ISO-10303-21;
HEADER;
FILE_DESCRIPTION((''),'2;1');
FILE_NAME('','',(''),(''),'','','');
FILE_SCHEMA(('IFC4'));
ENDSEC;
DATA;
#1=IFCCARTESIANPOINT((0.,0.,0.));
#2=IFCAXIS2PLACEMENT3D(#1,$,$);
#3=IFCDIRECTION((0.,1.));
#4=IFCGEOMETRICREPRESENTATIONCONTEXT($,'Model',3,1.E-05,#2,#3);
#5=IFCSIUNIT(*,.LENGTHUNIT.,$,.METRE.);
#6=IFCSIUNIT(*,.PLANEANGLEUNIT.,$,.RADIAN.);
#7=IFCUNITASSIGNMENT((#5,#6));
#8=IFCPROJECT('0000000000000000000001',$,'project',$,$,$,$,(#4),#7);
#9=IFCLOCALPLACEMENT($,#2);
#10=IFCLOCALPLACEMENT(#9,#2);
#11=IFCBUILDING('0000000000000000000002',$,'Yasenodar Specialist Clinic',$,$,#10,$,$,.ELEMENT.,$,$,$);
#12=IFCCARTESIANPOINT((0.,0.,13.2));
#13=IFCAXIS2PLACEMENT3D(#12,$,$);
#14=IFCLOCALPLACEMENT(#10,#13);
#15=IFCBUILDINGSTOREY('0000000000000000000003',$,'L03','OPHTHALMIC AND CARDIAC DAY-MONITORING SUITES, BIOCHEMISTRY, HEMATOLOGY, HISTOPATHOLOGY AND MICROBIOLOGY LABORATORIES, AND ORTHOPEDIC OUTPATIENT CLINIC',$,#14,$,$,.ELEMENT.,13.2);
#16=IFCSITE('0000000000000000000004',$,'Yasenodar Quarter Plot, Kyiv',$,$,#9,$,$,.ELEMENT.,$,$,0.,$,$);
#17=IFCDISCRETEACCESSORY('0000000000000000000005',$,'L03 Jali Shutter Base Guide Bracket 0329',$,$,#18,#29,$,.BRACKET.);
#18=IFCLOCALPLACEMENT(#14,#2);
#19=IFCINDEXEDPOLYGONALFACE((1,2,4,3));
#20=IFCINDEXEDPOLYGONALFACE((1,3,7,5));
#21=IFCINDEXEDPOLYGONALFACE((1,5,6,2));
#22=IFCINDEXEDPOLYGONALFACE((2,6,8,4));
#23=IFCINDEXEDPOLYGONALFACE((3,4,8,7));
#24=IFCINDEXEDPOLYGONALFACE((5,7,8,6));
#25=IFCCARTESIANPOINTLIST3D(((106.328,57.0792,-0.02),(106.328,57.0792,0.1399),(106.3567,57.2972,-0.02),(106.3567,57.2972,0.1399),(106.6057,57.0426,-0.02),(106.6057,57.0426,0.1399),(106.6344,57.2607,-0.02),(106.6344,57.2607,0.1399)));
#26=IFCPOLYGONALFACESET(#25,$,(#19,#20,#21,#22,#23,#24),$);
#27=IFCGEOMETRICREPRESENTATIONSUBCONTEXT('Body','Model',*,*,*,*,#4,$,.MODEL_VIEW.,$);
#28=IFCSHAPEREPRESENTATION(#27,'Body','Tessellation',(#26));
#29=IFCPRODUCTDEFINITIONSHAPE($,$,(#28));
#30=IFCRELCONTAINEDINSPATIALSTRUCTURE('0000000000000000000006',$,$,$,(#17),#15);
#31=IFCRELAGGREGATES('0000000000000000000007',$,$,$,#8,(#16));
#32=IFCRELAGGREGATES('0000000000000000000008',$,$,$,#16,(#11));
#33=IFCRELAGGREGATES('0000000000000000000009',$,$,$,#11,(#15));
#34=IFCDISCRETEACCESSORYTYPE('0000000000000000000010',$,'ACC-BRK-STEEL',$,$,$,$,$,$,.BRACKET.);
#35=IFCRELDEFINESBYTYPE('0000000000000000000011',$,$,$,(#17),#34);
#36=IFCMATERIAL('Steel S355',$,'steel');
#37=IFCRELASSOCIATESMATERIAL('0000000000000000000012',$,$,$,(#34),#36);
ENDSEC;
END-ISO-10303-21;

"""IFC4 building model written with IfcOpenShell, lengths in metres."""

from ifc_helpers import new_model, si_unit, direction, frame, origin, origin_2d, place, context, subcontext, project, spatial, rectangle, extrude, material, type_object, element, save


model = new_model("IFC4")

# Units and contexts
model_context = context("Model", 3, precision=1e-05, world=origin(), true_north=direction((0.0, 1.0)))
body_context = subcontext(model_context, "Body", "Model", "MODEL_VIEW")
ifc_project = project(units=[si_unit("LENGTHUNIT", "METRE"), si_unit("PLANEANGLEUNIT", "RADIAN")], contexts=[model_context])

# Site, building, storey
site_placement = place(None, origin())
site = spatial("IfcSite", under=ifc_project, at=site_placement, Name="Yasenodar Quarter Plot, Kyiv", CompositionType="ELEMENT", RefElevation=0.0)
building_placement = place(site_placement, origin())
building = spatial("IfcBuilding", under=site, at=building_placement, Name="Yasenodar Specialist Clinic", CompositionType="ELEMENT")
storey_placement = place(building_placement, frame((0.0, 0.0, 13.2)))
storey = spatial("IfcBuildingStorey", under=building, at=storey_placement, Name="L03", Description="OPHTHALMIC AND CARDIAC DAY-MONITORING SUITES, BIOCHEMISTRY, HEMATOLOGY, HISTOPATHOLOGY AND MICROBIOLOGY LABORATORIES, AND ORTHOPEDIC OUTPATIENT CLINIC", CompositionType="ELEMENT", Elevation=13.2)

# Discrete accessory
ifc_material_1 = material(Name="Steel S355", Category="steel")
discrete_accessory_type = type_object("IfcDiscreteAccessoryType", Name="ACC-BRK-STEEL", PredefinedType="BRACKET", material=ifc_material_1)
for number, where, z_axis, x_axis, name in (
    (1, (106.4812, 57.1699, -0.02), (0.0, 0.0, 1.0), (0.130519, 0.991446, 0.0), "L03 Jali Shutter Base Guide Bracket 0329"),
):
    element("IfcDiscreteAccessory", number, at=place(storey_placement, frame(where, z_axis=z_axis, x_axis=x_axis)), inside=storey, type_object=discrete_accessory_type, Name=name, PredefinedType="BRACKET", context=body_context, shape_type="SweptSolid", body=[
        extrude(rectangle(XDim=0.22, YDim=0.28, at=origin_2d()), origin(), (0.0, 0.0, 1.0), 0.1599),
    ])

save(model, "model.ifc")
